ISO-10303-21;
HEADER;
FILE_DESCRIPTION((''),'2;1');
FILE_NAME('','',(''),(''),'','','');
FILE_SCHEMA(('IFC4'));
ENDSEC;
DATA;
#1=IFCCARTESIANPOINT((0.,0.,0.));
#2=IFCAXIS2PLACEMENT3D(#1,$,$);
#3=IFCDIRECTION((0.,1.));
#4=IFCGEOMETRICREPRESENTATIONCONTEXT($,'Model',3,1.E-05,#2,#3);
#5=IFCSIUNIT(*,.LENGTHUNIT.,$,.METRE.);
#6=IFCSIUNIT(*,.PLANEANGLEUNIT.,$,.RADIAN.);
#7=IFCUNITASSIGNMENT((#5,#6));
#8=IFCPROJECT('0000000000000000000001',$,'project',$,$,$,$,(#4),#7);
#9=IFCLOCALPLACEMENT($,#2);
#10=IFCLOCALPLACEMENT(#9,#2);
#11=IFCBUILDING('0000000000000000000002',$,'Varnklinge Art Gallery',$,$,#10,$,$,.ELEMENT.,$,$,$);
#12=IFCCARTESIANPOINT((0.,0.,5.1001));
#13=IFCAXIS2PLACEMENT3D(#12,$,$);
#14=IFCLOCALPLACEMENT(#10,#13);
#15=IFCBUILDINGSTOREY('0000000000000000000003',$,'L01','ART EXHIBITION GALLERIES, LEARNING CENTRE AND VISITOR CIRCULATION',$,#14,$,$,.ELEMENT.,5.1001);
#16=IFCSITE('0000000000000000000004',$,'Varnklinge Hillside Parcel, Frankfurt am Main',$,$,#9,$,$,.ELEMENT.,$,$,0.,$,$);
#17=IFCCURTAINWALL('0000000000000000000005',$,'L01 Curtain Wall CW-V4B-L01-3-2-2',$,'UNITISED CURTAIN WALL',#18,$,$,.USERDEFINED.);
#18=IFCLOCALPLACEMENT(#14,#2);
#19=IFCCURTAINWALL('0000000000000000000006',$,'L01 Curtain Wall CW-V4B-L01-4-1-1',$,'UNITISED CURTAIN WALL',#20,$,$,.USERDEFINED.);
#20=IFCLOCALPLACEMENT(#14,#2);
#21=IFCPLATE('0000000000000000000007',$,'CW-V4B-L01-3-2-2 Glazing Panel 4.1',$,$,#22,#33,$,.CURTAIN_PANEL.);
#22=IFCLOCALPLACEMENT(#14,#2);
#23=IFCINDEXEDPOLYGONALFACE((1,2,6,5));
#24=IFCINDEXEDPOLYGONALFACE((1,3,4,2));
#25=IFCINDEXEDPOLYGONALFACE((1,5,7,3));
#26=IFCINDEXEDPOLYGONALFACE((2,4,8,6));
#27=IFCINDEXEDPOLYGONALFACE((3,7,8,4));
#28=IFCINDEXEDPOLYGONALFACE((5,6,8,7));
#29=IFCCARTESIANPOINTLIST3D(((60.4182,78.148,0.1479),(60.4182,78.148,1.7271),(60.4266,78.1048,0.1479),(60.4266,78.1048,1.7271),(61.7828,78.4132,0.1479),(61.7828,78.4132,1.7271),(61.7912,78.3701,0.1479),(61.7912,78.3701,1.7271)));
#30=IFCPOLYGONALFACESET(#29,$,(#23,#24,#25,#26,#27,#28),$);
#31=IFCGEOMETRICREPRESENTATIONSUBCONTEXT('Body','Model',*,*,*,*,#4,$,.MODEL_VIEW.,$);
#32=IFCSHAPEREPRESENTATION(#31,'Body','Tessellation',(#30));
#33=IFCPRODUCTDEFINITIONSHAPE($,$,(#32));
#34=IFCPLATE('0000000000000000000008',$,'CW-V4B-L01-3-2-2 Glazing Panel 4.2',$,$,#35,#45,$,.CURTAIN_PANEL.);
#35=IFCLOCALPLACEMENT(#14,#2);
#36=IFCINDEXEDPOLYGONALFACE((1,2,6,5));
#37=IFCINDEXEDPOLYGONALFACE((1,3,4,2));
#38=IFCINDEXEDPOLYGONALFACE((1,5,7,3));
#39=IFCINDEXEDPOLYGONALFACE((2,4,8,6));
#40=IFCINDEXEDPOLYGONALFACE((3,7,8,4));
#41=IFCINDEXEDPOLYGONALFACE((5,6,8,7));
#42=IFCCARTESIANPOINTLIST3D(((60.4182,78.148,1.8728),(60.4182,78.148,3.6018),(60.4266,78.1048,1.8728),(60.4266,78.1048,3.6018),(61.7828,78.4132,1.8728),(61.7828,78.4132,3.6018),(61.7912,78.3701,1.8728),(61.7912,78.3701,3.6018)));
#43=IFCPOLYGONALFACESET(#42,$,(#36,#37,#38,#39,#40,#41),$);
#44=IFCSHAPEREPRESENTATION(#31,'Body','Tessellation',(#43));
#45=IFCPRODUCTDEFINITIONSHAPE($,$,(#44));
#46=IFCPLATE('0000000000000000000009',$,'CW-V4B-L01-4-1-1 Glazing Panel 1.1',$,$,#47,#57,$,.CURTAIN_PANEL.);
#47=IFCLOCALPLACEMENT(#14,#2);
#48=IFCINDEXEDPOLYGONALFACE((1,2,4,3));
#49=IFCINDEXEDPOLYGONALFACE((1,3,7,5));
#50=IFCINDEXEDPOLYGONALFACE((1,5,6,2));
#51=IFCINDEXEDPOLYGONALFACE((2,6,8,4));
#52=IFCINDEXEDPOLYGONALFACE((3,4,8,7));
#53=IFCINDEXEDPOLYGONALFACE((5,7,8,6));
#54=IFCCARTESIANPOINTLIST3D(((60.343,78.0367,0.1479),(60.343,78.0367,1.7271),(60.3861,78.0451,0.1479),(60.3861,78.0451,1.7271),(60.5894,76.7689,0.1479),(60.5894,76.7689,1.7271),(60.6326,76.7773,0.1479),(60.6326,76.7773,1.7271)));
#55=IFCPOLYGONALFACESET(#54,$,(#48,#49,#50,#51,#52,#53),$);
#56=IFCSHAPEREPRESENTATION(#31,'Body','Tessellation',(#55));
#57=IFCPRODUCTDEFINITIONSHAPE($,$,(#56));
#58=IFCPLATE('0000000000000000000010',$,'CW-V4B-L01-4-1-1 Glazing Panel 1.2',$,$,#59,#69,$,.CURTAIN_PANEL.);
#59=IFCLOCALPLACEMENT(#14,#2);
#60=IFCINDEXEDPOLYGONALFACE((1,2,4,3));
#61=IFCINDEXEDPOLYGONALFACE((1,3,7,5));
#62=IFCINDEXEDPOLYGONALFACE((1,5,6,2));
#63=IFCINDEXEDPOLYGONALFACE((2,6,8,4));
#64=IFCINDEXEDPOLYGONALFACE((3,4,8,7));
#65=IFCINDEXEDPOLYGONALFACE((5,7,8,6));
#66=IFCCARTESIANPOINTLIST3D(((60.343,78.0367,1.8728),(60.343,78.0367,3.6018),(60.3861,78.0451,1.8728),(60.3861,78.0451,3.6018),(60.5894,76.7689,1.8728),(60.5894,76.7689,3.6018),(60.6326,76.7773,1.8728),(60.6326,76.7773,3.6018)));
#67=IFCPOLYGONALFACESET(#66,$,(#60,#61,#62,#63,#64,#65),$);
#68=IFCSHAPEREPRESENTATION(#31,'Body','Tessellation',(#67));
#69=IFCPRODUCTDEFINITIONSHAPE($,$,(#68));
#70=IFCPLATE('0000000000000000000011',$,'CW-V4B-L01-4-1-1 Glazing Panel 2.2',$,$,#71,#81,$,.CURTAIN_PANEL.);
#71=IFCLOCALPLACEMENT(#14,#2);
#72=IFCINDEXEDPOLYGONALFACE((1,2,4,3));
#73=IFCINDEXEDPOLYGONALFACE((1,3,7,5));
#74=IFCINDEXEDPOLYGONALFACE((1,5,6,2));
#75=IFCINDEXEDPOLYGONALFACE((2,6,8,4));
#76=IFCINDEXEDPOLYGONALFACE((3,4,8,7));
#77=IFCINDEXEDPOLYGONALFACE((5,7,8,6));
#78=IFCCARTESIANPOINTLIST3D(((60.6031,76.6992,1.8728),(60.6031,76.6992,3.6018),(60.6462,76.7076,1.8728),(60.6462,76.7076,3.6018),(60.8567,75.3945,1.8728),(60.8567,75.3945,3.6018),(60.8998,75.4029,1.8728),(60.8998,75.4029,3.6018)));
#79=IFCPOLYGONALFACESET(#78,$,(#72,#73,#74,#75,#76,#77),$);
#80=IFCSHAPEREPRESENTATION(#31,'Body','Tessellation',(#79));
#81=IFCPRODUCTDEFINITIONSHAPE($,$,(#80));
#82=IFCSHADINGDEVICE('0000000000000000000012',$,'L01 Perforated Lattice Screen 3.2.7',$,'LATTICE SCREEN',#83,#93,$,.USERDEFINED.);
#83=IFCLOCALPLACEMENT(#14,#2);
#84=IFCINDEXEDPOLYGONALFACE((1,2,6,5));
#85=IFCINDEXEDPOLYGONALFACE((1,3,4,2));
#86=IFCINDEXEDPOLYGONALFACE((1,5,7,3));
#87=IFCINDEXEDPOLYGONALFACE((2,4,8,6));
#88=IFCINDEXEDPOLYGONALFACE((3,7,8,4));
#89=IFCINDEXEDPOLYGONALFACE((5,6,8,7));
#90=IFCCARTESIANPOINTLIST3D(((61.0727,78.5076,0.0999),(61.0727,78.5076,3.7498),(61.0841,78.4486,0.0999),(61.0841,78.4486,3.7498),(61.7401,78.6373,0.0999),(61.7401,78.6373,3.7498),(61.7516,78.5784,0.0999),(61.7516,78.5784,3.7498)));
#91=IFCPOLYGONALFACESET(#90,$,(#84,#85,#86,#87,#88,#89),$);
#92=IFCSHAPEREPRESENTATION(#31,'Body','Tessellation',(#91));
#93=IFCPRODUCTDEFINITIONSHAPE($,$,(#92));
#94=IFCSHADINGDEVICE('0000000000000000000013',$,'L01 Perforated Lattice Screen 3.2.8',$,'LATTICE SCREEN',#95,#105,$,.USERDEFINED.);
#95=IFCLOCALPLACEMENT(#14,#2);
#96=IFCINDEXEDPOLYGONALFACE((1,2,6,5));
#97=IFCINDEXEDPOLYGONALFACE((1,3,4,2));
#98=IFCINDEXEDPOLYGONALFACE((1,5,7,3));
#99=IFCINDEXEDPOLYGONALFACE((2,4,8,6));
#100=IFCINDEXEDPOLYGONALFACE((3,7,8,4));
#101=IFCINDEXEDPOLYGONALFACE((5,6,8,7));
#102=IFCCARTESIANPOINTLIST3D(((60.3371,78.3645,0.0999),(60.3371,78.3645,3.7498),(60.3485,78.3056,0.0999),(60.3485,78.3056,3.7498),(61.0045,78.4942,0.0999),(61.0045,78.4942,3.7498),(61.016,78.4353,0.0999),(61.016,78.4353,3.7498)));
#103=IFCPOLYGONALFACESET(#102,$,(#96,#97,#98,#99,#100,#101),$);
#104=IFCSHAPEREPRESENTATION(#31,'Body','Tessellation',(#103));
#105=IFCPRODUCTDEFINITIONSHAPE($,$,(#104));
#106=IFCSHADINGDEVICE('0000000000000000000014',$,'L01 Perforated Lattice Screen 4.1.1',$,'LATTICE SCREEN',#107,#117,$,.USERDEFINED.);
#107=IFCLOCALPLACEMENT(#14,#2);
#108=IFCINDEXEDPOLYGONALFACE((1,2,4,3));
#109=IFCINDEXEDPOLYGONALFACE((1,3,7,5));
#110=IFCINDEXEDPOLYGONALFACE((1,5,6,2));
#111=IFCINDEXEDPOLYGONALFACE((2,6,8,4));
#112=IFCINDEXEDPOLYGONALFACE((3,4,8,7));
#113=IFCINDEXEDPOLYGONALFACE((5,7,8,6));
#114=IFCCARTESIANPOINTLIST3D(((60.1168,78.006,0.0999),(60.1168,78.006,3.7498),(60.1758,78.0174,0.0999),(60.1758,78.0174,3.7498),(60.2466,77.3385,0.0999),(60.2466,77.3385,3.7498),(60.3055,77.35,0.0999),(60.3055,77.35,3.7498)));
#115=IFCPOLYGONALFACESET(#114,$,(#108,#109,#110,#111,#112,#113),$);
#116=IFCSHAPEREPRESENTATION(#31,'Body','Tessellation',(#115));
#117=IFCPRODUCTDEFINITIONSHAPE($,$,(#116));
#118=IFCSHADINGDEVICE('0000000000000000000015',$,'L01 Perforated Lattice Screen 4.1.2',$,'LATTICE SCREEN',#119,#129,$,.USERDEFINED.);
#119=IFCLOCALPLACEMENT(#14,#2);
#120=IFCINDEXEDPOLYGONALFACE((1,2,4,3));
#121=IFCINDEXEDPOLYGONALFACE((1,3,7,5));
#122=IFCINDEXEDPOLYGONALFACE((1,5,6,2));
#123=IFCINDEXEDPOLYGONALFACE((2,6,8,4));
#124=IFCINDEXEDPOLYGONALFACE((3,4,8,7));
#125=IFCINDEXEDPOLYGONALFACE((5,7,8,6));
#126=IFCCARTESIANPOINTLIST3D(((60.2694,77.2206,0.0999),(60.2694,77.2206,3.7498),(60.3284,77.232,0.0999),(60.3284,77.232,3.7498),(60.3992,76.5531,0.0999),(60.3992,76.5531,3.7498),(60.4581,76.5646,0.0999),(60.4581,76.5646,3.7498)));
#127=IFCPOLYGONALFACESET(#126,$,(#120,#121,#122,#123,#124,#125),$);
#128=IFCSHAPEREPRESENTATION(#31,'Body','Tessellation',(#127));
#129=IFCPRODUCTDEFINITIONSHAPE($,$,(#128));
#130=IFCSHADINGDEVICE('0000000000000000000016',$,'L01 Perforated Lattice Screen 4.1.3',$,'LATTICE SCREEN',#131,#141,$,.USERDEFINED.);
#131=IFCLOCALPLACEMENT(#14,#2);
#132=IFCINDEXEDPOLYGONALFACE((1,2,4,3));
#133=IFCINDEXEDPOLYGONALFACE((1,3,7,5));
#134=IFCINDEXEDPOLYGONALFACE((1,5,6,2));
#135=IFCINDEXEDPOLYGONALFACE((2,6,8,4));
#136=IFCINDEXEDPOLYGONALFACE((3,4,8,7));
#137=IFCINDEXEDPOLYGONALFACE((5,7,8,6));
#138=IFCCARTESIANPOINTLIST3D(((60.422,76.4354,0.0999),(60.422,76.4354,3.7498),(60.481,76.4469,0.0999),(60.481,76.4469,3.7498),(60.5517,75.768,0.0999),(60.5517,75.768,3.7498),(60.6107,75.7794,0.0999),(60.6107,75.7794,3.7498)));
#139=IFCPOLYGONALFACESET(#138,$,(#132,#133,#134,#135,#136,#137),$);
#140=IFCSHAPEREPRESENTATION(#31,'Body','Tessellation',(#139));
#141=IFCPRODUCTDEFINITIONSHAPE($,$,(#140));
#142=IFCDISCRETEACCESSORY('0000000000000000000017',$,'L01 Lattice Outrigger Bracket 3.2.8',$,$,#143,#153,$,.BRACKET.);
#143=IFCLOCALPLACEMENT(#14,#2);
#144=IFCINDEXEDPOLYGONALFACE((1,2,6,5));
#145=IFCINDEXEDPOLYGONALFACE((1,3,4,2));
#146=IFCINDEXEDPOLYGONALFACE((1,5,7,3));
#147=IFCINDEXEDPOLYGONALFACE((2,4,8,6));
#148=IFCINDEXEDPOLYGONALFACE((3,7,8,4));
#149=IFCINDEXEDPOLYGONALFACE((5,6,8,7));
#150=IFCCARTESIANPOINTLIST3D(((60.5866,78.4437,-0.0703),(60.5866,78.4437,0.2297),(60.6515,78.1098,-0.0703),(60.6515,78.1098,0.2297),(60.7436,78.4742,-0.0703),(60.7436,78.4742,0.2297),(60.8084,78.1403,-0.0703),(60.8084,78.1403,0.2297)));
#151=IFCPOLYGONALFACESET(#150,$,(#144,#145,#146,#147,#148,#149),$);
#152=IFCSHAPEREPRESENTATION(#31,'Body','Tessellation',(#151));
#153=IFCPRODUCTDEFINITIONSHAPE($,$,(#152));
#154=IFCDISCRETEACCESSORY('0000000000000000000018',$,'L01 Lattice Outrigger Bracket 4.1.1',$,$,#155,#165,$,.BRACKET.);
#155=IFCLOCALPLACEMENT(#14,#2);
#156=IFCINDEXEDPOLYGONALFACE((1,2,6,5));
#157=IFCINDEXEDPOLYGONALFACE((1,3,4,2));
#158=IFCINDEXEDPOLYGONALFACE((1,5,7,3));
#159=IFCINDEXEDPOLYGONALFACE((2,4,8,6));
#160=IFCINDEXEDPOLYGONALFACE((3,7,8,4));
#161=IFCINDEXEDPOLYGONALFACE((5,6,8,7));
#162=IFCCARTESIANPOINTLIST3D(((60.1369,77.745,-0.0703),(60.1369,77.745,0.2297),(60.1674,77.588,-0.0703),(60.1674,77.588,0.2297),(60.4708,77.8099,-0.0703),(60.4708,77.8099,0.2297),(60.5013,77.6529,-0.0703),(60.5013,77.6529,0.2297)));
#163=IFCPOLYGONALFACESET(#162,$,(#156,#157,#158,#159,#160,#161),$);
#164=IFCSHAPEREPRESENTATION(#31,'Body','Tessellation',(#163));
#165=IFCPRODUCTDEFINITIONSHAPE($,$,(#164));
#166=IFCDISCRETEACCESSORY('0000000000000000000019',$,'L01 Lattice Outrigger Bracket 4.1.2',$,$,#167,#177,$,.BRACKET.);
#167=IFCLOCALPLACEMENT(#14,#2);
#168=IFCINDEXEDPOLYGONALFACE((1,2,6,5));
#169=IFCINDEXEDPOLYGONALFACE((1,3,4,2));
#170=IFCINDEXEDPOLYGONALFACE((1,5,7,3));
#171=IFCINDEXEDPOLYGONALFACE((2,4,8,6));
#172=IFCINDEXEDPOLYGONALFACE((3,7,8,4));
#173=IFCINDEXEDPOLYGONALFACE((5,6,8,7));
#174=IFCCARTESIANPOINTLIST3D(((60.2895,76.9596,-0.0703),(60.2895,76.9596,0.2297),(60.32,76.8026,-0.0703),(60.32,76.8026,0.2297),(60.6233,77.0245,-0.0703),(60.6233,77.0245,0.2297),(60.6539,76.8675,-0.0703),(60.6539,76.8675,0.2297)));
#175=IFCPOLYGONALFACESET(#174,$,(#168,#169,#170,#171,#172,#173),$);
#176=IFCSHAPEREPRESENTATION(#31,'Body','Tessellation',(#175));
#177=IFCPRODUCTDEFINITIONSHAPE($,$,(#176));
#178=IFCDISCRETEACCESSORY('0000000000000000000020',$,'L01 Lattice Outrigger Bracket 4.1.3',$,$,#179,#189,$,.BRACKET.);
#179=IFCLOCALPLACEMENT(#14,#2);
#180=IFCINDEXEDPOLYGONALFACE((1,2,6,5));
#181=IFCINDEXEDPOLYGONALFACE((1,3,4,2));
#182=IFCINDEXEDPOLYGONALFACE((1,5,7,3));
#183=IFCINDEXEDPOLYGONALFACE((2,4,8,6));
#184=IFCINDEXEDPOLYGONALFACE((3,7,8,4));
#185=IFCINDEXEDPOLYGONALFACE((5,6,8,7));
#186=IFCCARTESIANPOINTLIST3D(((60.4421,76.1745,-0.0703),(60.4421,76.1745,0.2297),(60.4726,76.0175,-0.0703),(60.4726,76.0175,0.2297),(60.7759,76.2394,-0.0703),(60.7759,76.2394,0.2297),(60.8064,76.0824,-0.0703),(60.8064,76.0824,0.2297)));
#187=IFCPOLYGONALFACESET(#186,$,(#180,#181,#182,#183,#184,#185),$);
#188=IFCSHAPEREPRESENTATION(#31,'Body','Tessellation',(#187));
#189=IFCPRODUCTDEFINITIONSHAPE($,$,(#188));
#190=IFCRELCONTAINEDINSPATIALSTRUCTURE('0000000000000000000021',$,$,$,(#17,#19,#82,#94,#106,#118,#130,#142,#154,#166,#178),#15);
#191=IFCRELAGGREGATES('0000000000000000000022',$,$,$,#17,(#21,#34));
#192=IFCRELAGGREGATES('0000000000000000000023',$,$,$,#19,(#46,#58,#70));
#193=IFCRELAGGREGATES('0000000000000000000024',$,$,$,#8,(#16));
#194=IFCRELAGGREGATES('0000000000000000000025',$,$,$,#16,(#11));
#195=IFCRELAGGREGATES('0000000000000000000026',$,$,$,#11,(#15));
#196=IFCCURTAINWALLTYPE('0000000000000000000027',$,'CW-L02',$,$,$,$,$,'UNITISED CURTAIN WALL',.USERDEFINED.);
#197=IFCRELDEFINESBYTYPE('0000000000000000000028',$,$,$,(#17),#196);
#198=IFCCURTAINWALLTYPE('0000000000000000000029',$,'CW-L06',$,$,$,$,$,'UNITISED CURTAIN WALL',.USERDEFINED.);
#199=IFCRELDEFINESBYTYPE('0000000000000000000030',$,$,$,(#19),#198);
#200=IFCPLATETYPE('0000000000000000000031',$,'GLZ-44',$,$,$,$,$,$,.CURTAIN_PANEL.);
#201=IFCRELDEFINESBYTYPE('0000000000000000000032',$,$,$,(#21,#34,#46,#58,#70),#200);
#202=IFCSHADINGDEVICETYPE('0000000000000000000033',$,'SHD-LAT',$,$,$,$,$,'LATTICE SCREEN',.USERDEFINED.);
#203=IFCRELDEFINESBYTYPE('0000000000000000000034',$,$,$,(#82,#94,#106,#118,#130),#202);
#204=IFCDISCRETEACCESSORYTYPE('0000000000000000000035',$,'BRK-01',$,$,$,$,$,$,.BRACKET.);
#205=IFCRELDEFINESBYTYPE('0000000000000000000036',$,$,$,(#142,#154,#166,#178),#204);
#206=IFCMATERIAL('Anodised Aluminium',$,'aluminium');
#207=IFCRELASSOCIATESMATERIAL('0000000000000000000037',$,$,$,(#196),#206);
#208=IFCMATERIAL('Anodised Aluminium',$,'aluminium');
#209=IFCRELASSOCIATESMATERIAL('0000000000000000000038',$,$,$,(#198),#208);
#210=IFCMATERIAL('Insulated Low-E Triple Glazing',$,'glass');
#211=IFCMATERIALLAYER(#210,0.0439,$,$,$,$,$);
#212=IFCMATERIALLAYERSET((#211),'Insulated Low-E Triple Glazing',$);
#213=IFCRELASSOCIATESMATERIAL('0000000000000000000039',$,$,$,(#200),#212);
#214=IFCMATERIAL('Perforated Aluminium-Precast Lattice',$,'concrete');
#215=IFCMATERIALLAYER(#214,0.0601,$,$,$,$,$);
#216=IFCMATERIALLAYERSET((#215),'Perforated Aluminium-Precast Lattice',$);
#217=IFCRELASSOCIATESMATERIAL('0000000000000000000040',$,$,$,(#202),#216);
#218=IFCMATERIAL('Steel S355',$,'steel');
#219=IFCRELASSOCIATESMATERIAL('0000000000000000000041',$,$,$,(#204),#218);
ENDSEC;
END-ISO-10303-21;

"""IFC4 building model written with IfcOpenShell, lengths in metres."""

from ifc_helpers import new_model, si_unit, direction, frame, origin, origin_2d, place, context, subcontext, project, spatial, rectangle, extrude, material, layer, layer_set, type_object, element, aggregate, save


model = new_model("IFC4")

# Units and contexts
model_context = context("Model", 3, precision=1e-05, world=origin(), true_north=direction((0.0, 1.0)))
body_context = subcontext(model_context, "Body", "Model", "MODEL_VIEW")
ifc_project = project(units=[si_unit("LENGTHUNIT", "METRE"), si_unit("PLANEANGLEUNIT", "RADIAN")], contexts=[model_context])

# Site, building, storey
site_placement = place(None, origin())
site = spatial("IfcSite", under=ifc_project, at=site_placement, Name="Varnklinge Hillside Parcel, Frankfurt am Main", CompositionType="ELEMENT", RefElevation=0.0)
building_placement = place(site_placement, origin())
building = spatial("IfcBuilding", under=site, at=building_placement, Name="Varnklinge Art Gallery", CompositionType="ELEMENT")
storey_placement = place(building_placement, frame((0.0, 0.0, 5.1001)))
storey = spatial("IfcBuildingStorey", under=building, at=storey_placement, Name="L01", Description="ART EXHIBITION GALLERIES, LEARNING CENTRE AND VISITOR CIRCULATION", CompositionType="ELEMENT", Elevation=5.1001)

# Curtain wall
ifc_material_1 = material(Name="Anodised Aluminium", Category="aluminium")
curtain_wall_type_1 = type_object("IfcCurtainWallType", Name="CW-L02", ElementType="UNITISED CURTAIN WALL", PredefinedType="USERDEFINED", material=ifc_material_1)
curtain_wall_1_placement = place(storey_placement, origin())
curtain_wall_1 = element("IfcCurtainWall", 1, at=curtain_wall_1_placement, inside=storey, type_object=curtain_wall_type_1, Name="L01 Curtain Wall CW-V4B-L01-3-2-2", ObjectType="UNITISED CURTAIN WALL", PredefinedType="USERDEFINED")

# Curtain wall
ifc_material_2 = material(Name="Anodised Aluminium", Category="aluminium")
curtain_wall_type_2 = type_object("IfcCurtainWallType", Name="CW-L06", ElementType="UNITISED CURTAIN WALL", PredefinedType="USERDEFINED", material=ifc_material_2)
curtain_wall_2_placement = place(storey_placement, origin())
curtain_wall_2 = element("IfcCurtainWall", 2, at=curtain_wall_2_placement, inside=storey, type_object=curtain_wall_type_2, Name="L01 Curtain Wall CW-V4B-L01-4-1-1", ObjectType="UNITISED CURTAIN WALL", PredefinedType="USERDEFINED")

# Plates
ifc_material_3 = material(Name="Insulated Low-E Triple Glazing", Category="glass")
ifc_layer_1 = layer(ifc_material_3, 0.0439)
ifc_layer_set_1 = layer_set([ifc_layer_1], Name="Insulated Low-E Triple Glazing")
plate_type = type_object("IfcPlateType", Name="GLZ-44", PredefinedType="CURTAIN_PANEL", material=ifc_layer_set_1)
plate_1_placement = place(storey_placement, frame((61.1047, 78.259, 0.1479), z_axis=(0.0, 0.0, 1.0), x_axis=(-0.981627, -0.190809, 0.0)))
plate_1 = element("IfcPlate", 3, at=plate_1_placement, type_object=plate_type, Name="CW-V4B-L01-3-2-2 Glazing Panel 4.1", PredefinedType="CURTAIN_PANEL", context=body_context, shape_type="SweptSolid", body=[
    extrude(rectangle(XDim=1.3901, YDim=0.0439, at=origin_2d()), origin(), (0.0, 0.0, 1.0), 1.5791),
])
plate_2_placement = place(storey_placement, frame((61.1047, 78.259, 1.8728), z_axis=(0.0, 0.0, 1.0), x_axis=(-0.981627, -0.190809, 0.0)))
plate_2 = element("IfcPlate", 4, at=plate_2_placement, type_object=plate_type, Name="CW-V4B-L01-3-2-2 Glazing Panel 4.2", PredefinedType="CURTAIN_PANEL", context=body_context, shape_type="SweptSolid", body=[
    extrude(rectangle(XDim=1.3901, YDim=0.0439, at=origin_2d()), origin(), (0.0, 0.0, 1.0), 1.729),
])
aggregate(curtain_wall_1, [plate_1, plate_2])
plate_3_placement = place(storey_placement, frame((60.4878, 77.407, 0.1479), z_axis=(0.0, 0.0, 1.0), x_axis=(0.190809, -0.981627, 0.0)))
plate_3 = element("IfcPlate", 5, at=plate_3_placement, type_object=plate_type, Name="CW-V4B-L01-4-1-1 Glazing Panel 1.1", PredefinedType="CURTAIN_PANEL", context=body_context, shape_type="SweptSolid", body=[
    extrude(rectangle(XDim=1.2915, YDim=0.0439, at=origin_2d()), origin(), (0.0, 0.0, 1.0), 1.5791),
])
plate_4_placement = place(storey_placement, frame((60.4878, 77.407, 1.8728), z_axis=(0.0, 0.0, 1.0), x_axis=(0.190809, -0.981627, 0.0)))
plate_4 = element("IfcPlate", 6, at=plate_4_placement, type_object=plate_type, Name="CW-V4B-L01-4-1-1 Glazing Panel 1.2", PredefinedType="CURTAIN_PANEL", context=body_context, shape_type="SweptSolid", body=[
    extrude(rectangle(XDim=1.2915, YDim=0.0439, at=origin_2d()), origin(), (0.0, 0.0, 1.0), 1.729),
])
plate_5_placement = place(storey_placement, frame((60.7515, 76.051, 1.8728), z_axis=(0.0, 0.0, 1.0), x_axis=(0.190809, -0.981627, 0.0)))
plate_5 = element("IfcPlate", 7, at=plate_5_placement, type_object=plate_type, Name="CW-V4B-L01-4-1-1 Glazing Panel 2.2", PredefinedType="CURTAIN_PANEL", context=body_context, shape_type="SweptSolid", body=[
    extrude(rectangle(XDim=1.3291, YDim=0.0439, at=origin_2d()), origin(), (0.0, 0.0, 1.0), 1.729),
])
aggregate(curtain_wall_2, [plate_3, plate_4, plate_5])

# Shading devices
ifc_material_4 = material(Name="Perforated Aluminium-Precast Lattice", Category="concrete")
ifc_layer_2 = layer(ifc_material_4, 0.0601)
ifc_layer_set_2 = layer_set([ifc_layer_2], Name="Perforated Aluminium-Precast Lattice")
shading_device_type = type_object("IfcShadingDeviceType", Name="SHD-LAT", ElementType="LATTICE SCREEN", PredefinedType="USERDEFINED", material=ifc_layer_set_2)
for number, where, z_axis, x_axis, name in (
    (8, (61.4121, 78.543, 0.0999), (0.0, 0.0, 1.0), (-0.981627, -0.190809, 0.0), "L01 Perforated Lattice Screen 3.2.7"),
    (9, (60.6765, 78.3999, 0.0999), (0.0, 0.0, 1.0), (-0.981627, -0.190809, 0.0), "L01 Perforated Lattice Screen 3.2.8"),
    (10, (60.2112, 77.678, 0.0999), (0.0, 0.0, 1.0), (0.190809, -0.981627, 0.0), "L01 Perforated Lattice Screen 4.1.1"),
    (11, (60.3638, 76.8926, 0.0999), (0.0, 0.0, 1.0), (0.190809, -0.981627, 0.0), "L01 Perforated Lattice Screen 4.1.2"),
    (12, (60.5164, 76.1074, 0.0999), (0.0, 0.0, 1.0), (0.190809, -0.981627, 0.0), "L01 Perforated Lattice Screen 4.1.3"),
):
    element("IfcShadingDevice", number, at=place(storey_placement, frame(where, z_axis=z_axis, x_axis=x_axis)), inside=storey, type_object=shading_device_type, Name=name, ObjectType="LATTICE SCREEN", PredefinedType="USERDEFINED", context=body_context, shape_type="SweptSolid", body=[
        extrude(rectangle(XDim=0.6799, YDim=0.0601, at=origin_2d()), origin(), (0.0, 0.0, 1.0), 3.6499),
    ])

# Discrete accessories
ifc_material_5 = material(Name="Steel S355", Category="steel")
discrete_accessory_type = type_object("IfcDiscreteAccessoryType", Name="BRK-01", PredefinedType="BRACKET", material=ifc_material_5)
for number, where, z_axis, x_axis, name in (
    (13, (60.6975, 78.292, -0.0703), (0.0, 0.0, 1.0), (-0.981627, -0.190809, 0.0), "L01 Lattice Outrigger Bracket 3.2.8"),
    (14, (60.3191, 77.699, -0.0703), (0.0, 0.0, 1.0), (0.190809, -0.981627, 0.0), "L01 Lattice Outrigger Bracket 4.1.1"),
    (15, (60.4717, 76.9136, -0.0703), (0.0, 0.0, 1.0), (0.190809, -0.981627, 0.0), "L01 Lattice Outrigger Bracket 4.1.2"),
    (16, (60.6243, 76.1284, -0.0703), (0.0, 0.0, 1.0), (0.190809, -0.981627, 0.0), "L01 Lattice Outrigger Bracket 4.1.3"),
):
    element("IfcDiscreteAccessory", number, at=place(storey_placement, frame(where, z_axis=z_axis, x_axis=x_axis)), inside=storey, type_object=discrete_accessory_type, Name=name, PredefinedType="BRACKET", context=body_context, shape_type="SweptSolid", body=[
        extrude(rectangle(XDim=0.1599, YDim=0.3401, at=origin_2d()), origin(), (0.0, 0.0, 1.0), 0.3),
    ])

save(model, "model.ifc")
